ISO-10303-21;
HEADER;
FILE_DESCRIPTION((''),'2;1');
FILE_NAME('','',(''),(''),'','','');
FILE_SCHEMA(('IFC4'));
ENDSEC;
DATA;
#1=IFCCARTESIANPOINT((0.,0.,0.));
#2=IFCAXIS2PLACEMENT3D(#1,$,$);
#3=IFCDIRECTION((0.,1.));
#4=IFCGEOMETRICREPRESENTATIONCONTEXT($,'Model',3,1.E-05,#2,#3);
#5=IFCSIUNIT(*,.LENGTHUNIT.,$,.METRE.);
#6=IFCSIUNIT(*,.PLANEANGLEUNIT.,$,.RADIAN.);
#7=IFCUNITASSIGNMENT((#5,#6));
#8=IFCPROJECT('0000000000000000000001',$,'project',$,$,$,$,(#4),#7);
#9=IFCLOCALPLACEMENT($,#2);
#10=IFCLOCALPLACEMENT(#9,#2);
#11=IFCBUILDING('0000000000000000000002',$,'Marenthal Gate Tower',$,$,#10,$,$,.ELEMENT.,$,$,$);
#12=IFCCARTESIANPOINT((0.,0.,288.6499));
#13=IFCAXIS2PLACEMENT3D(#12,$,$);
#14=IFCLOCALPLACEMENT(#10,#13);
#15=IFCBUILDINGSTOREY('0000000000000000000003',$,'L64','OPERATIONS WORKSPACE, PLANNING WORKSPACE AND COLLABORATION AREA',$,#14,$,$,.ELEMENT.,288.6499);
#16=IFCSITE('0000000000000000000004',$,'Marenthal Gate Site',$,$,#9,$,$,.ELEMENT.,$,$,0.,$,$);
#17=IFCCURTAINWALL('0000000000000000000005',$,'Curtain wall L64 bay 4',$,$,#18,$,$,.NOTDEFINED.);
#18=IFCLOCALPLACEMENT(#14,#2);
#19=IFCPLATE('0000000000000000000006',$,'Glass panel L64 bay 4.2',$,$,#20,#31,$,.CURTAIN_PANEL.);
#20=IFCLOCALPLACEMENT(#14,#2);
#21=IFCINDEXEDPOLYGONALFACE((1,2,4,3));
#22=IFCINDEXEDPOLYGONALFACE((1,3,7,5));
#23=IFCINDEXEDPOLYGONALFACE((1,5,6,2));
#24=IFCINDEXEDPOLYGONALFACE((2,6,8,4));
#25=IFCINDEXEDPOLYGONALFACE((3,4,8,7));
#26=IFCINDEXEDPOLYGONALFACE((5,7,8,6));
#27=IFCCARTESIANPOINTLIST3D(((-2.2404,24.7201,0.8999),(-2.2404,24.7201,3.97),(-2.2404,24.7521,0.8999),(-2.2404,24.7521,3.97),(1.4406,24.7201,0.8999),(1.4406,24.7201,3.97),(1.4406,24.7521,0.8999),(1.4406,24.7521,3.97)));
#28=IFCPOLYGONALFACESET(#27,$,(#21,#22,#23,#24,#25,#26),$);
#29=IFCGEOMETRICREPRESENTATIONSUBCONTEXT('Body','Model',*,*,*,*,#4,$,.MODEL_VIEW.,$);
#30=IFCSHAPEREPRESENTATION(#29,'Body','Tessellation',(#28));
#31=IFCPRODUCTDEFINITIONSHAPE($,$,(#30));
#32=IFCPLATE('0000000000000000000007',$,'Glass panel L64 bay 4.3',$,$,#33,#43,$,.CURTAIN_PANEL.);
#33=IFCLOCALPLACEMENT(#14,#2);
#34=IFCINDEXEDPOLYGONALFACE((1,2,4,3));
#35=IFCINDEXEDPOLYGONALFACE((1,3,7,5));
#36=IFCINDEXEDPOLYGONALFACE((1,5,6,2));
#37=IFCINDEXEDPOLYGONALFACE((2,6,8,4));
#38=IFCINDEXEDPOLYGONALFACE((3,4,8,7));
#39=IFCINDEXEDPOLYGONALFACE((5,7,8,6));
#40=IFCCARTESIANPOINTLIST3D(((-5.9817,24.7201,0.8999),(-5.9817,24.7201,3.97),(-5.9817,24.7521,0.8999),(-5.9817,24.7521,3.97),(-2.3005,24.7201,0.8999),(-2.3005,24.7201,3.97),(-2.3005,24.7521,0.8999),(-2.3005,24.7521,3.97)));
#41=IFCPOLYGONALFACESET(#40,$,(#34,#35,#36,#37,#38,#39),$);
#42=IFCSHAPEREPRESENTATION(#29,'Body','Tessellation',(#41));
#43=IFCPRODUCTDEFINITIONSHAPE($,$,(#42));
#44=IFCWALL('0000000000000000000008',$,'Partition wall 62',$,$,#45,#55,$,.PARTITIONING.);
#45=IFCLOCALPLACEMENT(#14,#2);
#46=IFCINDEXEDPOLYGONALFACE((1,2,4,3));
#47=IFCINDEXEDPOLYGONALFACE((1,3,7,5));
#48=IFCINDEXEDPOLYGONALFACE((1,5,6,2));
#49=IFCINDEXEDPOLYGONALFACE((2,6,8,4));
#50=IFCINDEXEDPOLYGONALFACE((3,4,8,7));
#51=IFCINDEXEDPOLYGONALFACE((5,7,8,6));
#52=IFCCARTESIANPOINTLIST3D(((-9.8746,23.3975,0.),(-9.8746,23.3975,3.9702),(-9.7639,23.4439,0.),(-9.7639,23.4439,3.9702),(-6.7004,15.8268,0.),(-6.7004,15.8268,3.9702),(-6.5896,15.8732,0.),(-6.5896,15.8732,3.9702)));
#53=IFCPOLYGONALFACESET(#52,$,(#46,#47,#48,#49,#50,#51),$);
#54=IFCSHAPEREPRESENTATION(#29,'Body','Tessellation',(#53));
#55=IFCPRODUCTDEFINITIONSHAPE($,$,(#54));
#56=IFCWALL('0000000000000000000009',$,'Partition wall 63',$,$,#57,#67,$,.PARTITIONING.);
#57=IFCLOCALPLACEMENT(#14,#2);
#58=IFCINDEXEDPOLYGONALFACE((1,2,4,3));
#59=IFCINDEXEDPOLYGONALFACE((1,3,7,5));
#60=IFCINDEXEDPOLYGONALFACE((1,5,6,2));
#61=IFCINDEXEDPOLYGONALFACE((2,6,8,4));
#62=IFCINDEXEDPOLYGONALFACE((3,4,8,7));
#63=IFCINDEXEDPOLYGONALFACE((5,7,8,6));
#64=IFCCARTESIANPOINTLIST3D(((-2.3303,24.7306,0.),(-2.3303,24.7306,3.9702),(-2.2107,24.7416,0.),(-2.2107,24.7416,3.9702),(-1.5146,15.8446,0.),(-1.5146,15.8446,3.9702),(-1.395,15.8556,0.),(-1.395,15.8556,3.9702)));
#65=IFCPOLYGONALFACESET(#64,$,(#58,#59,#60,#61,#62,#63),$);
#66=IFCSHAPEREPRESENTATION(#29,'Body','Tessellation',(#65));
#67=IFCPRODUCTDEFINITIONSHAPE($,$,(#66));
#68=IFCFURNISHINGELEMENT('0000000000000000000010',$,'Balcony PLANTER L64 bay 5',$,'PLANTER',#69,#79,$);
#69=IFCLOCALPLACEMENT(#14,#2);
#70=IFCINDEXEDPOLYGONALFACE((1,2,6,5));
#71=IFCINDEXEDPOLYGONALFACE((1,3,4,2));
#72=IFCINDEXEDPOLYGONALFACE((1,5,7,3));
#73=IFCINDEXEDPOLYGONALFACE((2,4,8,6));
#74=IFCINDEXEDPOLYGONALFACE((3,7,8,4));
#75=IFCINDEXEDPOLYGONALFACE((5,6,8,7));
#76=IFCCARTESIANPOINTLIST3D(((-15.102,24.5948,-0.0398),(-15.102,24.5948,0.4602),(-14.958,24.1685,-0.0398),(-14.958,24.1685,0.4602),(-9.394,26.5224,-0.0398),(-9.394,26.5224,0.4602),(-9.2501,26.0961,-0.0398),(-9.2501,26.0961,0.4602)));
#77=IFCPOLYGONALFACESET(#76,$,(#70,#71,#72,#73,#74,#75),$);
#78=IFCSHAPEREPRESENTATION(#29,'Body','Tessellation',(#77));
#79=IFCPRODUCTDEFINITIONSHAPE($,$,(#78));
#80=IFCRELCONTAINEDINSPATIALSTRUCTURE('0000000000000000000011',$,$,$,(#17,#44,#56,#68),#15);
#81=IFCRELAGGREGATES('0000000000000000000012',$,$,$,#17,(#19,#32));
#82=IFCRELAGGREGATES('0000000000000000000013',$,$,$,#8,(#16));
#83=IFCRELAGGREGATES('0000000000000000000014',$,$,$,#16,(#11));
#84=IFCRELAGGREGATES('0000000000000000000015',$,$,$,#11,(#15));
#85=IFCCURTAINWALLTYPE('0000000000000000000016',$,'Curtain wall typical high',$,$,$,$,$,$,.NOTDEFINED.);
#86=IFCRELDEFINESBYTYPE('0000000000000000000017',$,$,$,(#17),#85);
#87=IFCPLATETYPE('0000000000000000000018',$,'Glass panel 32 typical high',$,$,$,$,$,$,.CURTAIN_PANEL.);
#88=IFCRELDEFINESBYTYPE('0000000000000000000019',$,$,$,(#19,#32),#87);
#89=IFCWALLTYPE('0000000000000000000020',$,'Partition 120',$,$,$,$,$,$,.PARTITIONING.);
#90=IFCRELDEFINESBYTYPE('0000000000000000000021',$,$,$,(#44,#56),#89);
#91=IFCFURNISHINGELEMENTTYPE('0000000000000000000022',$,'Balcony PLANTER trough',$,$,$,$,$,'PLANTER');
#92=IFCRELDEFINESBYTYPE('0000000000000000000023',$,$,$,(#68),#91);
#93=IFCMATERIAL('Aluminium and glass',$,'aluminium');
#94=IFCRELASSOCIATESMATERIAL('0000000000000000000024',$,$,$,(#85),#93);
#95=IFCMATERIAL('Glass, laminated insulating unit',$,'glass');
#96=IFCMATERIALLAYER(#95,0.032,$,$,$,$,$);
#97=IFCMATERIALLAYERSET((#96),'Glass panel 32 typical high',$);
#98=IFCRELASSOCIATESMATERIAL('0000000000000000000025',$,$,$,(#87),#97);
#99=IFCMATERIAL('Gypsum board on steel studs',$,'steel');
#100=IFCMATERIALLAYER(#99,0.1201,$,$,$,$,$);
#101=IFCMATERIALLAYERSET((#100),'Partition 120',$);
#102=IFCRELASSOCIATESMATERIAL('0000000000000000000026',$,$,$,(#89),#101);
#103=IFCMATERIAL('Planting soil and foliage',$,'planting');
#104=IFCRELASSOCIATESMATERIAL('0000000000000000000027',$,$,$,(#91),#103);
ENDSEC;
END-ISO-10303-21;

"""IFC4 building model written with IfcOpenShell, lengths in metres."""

from ifc_helpers import new_model, si_unit, direction, frame, frame_2d, origin, origin_2d, place, context, subcontext, project, spatial, rectangle, extrude, material, layer, layer_set, type_object, element, aggregate, save


model = new_model("IFC4")

# Units and contexts
model_context = context("Model", 3, precision=1e-05, world=origin(), true_north=direction((0.0, 1.0)))
body_context = subcontext(model_context, "Body", "Model", "MODEL_VIEW")
ifc_project = project(units=[si_unit("LENGTHUNIT", "METRE"), si_unit("PLANEANGLEUNIT", "RADIAN")], contexts=[model_context])

# Site, building, storey
site_placement = place(None, origin())
site = spatial("IfcSite", under=ifc_project, at=site_placement, Name="Marenthal Gate Site", CompositionType="ELEMENT", RefElevation=0.0)
building_placement = place(site_placement, origin())
building = spatial("IfcBuilding", under=site, at=building_placement, Name="Marenthal Gate Tower", CompositionType="ELEMENT")
storey_placement = place(building_placement, frame((0.0, 0.0, 288.6499)))
storey = spatial("IfcBuildingStorey", under=building, at=storey_placement, Name="L64", Description="OPERATIONS WORKSPACE, PLANNING WORKSPACE AND COLLABORATION AREA", CompositionType="ELEMENT", Elevation=288.6499)

# Curtain wall
ifc_material_1 = material(Name="Aluminium and glass", Category="aluminium")
curtain_wall_type = type_object("IfcCurtainWallType", Name="Curtain wall typical high", PredefinedType="NOTDEFINED", material=ifc_material_1)
curtain_wall_placement = place(storey_placement, origin())
curtain_wall = element("IfcCurtainWall", 1, at=curtain_wall_placement, inside=storey, type_object=curtain_wall_type, Name="Curtain wall L64 bay 4", PredefinedType="NOTDEFINED")

# Plates
ifc_material_2 = material(Name="Glass, laminated insulating unit", Category="glass")
ifc_layer_1 = layer(ifc_material_2, 0.032)
ifc_layer_set_1 = layer_set([ifc_layer_1], Name="Glass panel 32 typical high")
plate_type = type_object("IfcPlateType", Name="Glass panel 32 typical high", PredefinedType="CURTAIN_PANEL", material=ifc_layer_set_1)
plate_1_placement = place(storey_placement, frame((-0.3999, 24.7361, 0.8999), z_axis=(0.0, 0.0, 1.0), x_axis=(-1.0, 0.0, 0.0)))
plate_1 = element("IfcPlate", 2, at=plate_1_placement, type_object=plate_type, Name="Glass panel L64 bay 4.2", PredefinedType="CURTAIN_PANEL", context=body_context, shape_type="SweptSolid", body=[
    extrude(rectangle(XDim=3.6809, YDim=0.032, at=origin_2d()), origin(), (0.0, 0.0, 1.0), 3.0701),
])
plate_2_placement = place(storey_placement, frame((-4.1411, 24.7361, 0.8999), z_axis=(0.0, 0.0, 1.0), x_axis=(-1.0, 0.0, 0.0)))
plate_2 = element("IfcPlate", 3, at=plate_2_placement, type_object=plate_type, Name="Glass panel L64 bay 4.3", PredefinedType="CURTAIN_PANEL", context=body_context, shape_type="SweptSolid", body=[
    extrude(rectangle(XDim=3.6812, YDim=0.032, at=origin_2d()), origin(), (0.0, 0.0, 1.0), 3.0701),
])
aggregate(curtain_wall, [plate_1, plate_2])

# Walls
ifc_material_3 = material(Name="Gypsum board on steel studs", Category="steel")
ifc_layer_2 = layer(ifc_material_3, 0.1201)
ifc_layer_set_2 = layer_set([ifc_layer_2], Name="Partition 120")
wall_type_1 = type_object("IfcWallType", Name="Partition 120", PredefinedType="PARTITIONING", material=ifc_layer_set_2)
wall_1_placement = place(storey_placement, frame((-6.645, 15.8501, 0.0), z_axis=(0.0, 0.0, 1.0), x_axis=(-0.386671, 0.922218, 0.0)))
element("IfcWall", 4, at=wall_1_placement, inside=storey, type_object=wall_type_1, Name="Partition wall 62", PredefinedType="PARTITIONING", context=body_context, shape_type="SweptSolid", body=[
    extrude(rectangle(XDim=8.2092, YDim=0.1201, at=frame_2d((4.1045, 0.0))), origin(), (0.0, 0.0, 1.0), 3.9702),
])
wall_2_placement = place(storey_placement, frame((-1.4548, 15.8501, 0.0), z_axis=(0.0, 0.0, 1.0), x_axis=(-0.091409, 0.995813, 0.0)))
element("IfcWall", 5, at=wall_2_placement, inside=storey, type_object=wall_type_1, Name="Partition wall 63", PredefinedType="PARTITIONING", context=body_context, shape_type="SweptSolid", body=[
    extrude(rectangle(XDim=8.9233, YDim=0.1201, at=frame_2d((4.4617, 0.0))), origin(), (0.0, 0.0, 1.0), 3.9702),
])

# Furnishing element
ifc_material_4 = material(Name="Planting soil and foliage", Category="planting")
furnishing_element_type = type_object("IfcFurnishingElementType", Name="Balcony PLANTER trough", ElementType="PLANTER", material=ifc_material_4)
furnishing_placement = place(storey_placement, frame((-12.176, 25.3455, -0.0398), z_axis=(0.0, 0.0, 1.0), x_axis=(-0.947437, -0.319942, 0.0)))
element("IfcFurnishingElement", 6, at=furnishing_placement, inside=storey, type_object=furnishing_element_type, Name="Balcony PLANTER L64 bay 5", ObjectType="PLANTER", context=body_context, shape_type="SweptSolid", body=[
    extrude(rectangle(XDim=6.0247, YDim=0.45, at=origin_2d()), origin(), (0.0, 0.0, 1.0), 0.5),
])

save(model, "model.ifc")
